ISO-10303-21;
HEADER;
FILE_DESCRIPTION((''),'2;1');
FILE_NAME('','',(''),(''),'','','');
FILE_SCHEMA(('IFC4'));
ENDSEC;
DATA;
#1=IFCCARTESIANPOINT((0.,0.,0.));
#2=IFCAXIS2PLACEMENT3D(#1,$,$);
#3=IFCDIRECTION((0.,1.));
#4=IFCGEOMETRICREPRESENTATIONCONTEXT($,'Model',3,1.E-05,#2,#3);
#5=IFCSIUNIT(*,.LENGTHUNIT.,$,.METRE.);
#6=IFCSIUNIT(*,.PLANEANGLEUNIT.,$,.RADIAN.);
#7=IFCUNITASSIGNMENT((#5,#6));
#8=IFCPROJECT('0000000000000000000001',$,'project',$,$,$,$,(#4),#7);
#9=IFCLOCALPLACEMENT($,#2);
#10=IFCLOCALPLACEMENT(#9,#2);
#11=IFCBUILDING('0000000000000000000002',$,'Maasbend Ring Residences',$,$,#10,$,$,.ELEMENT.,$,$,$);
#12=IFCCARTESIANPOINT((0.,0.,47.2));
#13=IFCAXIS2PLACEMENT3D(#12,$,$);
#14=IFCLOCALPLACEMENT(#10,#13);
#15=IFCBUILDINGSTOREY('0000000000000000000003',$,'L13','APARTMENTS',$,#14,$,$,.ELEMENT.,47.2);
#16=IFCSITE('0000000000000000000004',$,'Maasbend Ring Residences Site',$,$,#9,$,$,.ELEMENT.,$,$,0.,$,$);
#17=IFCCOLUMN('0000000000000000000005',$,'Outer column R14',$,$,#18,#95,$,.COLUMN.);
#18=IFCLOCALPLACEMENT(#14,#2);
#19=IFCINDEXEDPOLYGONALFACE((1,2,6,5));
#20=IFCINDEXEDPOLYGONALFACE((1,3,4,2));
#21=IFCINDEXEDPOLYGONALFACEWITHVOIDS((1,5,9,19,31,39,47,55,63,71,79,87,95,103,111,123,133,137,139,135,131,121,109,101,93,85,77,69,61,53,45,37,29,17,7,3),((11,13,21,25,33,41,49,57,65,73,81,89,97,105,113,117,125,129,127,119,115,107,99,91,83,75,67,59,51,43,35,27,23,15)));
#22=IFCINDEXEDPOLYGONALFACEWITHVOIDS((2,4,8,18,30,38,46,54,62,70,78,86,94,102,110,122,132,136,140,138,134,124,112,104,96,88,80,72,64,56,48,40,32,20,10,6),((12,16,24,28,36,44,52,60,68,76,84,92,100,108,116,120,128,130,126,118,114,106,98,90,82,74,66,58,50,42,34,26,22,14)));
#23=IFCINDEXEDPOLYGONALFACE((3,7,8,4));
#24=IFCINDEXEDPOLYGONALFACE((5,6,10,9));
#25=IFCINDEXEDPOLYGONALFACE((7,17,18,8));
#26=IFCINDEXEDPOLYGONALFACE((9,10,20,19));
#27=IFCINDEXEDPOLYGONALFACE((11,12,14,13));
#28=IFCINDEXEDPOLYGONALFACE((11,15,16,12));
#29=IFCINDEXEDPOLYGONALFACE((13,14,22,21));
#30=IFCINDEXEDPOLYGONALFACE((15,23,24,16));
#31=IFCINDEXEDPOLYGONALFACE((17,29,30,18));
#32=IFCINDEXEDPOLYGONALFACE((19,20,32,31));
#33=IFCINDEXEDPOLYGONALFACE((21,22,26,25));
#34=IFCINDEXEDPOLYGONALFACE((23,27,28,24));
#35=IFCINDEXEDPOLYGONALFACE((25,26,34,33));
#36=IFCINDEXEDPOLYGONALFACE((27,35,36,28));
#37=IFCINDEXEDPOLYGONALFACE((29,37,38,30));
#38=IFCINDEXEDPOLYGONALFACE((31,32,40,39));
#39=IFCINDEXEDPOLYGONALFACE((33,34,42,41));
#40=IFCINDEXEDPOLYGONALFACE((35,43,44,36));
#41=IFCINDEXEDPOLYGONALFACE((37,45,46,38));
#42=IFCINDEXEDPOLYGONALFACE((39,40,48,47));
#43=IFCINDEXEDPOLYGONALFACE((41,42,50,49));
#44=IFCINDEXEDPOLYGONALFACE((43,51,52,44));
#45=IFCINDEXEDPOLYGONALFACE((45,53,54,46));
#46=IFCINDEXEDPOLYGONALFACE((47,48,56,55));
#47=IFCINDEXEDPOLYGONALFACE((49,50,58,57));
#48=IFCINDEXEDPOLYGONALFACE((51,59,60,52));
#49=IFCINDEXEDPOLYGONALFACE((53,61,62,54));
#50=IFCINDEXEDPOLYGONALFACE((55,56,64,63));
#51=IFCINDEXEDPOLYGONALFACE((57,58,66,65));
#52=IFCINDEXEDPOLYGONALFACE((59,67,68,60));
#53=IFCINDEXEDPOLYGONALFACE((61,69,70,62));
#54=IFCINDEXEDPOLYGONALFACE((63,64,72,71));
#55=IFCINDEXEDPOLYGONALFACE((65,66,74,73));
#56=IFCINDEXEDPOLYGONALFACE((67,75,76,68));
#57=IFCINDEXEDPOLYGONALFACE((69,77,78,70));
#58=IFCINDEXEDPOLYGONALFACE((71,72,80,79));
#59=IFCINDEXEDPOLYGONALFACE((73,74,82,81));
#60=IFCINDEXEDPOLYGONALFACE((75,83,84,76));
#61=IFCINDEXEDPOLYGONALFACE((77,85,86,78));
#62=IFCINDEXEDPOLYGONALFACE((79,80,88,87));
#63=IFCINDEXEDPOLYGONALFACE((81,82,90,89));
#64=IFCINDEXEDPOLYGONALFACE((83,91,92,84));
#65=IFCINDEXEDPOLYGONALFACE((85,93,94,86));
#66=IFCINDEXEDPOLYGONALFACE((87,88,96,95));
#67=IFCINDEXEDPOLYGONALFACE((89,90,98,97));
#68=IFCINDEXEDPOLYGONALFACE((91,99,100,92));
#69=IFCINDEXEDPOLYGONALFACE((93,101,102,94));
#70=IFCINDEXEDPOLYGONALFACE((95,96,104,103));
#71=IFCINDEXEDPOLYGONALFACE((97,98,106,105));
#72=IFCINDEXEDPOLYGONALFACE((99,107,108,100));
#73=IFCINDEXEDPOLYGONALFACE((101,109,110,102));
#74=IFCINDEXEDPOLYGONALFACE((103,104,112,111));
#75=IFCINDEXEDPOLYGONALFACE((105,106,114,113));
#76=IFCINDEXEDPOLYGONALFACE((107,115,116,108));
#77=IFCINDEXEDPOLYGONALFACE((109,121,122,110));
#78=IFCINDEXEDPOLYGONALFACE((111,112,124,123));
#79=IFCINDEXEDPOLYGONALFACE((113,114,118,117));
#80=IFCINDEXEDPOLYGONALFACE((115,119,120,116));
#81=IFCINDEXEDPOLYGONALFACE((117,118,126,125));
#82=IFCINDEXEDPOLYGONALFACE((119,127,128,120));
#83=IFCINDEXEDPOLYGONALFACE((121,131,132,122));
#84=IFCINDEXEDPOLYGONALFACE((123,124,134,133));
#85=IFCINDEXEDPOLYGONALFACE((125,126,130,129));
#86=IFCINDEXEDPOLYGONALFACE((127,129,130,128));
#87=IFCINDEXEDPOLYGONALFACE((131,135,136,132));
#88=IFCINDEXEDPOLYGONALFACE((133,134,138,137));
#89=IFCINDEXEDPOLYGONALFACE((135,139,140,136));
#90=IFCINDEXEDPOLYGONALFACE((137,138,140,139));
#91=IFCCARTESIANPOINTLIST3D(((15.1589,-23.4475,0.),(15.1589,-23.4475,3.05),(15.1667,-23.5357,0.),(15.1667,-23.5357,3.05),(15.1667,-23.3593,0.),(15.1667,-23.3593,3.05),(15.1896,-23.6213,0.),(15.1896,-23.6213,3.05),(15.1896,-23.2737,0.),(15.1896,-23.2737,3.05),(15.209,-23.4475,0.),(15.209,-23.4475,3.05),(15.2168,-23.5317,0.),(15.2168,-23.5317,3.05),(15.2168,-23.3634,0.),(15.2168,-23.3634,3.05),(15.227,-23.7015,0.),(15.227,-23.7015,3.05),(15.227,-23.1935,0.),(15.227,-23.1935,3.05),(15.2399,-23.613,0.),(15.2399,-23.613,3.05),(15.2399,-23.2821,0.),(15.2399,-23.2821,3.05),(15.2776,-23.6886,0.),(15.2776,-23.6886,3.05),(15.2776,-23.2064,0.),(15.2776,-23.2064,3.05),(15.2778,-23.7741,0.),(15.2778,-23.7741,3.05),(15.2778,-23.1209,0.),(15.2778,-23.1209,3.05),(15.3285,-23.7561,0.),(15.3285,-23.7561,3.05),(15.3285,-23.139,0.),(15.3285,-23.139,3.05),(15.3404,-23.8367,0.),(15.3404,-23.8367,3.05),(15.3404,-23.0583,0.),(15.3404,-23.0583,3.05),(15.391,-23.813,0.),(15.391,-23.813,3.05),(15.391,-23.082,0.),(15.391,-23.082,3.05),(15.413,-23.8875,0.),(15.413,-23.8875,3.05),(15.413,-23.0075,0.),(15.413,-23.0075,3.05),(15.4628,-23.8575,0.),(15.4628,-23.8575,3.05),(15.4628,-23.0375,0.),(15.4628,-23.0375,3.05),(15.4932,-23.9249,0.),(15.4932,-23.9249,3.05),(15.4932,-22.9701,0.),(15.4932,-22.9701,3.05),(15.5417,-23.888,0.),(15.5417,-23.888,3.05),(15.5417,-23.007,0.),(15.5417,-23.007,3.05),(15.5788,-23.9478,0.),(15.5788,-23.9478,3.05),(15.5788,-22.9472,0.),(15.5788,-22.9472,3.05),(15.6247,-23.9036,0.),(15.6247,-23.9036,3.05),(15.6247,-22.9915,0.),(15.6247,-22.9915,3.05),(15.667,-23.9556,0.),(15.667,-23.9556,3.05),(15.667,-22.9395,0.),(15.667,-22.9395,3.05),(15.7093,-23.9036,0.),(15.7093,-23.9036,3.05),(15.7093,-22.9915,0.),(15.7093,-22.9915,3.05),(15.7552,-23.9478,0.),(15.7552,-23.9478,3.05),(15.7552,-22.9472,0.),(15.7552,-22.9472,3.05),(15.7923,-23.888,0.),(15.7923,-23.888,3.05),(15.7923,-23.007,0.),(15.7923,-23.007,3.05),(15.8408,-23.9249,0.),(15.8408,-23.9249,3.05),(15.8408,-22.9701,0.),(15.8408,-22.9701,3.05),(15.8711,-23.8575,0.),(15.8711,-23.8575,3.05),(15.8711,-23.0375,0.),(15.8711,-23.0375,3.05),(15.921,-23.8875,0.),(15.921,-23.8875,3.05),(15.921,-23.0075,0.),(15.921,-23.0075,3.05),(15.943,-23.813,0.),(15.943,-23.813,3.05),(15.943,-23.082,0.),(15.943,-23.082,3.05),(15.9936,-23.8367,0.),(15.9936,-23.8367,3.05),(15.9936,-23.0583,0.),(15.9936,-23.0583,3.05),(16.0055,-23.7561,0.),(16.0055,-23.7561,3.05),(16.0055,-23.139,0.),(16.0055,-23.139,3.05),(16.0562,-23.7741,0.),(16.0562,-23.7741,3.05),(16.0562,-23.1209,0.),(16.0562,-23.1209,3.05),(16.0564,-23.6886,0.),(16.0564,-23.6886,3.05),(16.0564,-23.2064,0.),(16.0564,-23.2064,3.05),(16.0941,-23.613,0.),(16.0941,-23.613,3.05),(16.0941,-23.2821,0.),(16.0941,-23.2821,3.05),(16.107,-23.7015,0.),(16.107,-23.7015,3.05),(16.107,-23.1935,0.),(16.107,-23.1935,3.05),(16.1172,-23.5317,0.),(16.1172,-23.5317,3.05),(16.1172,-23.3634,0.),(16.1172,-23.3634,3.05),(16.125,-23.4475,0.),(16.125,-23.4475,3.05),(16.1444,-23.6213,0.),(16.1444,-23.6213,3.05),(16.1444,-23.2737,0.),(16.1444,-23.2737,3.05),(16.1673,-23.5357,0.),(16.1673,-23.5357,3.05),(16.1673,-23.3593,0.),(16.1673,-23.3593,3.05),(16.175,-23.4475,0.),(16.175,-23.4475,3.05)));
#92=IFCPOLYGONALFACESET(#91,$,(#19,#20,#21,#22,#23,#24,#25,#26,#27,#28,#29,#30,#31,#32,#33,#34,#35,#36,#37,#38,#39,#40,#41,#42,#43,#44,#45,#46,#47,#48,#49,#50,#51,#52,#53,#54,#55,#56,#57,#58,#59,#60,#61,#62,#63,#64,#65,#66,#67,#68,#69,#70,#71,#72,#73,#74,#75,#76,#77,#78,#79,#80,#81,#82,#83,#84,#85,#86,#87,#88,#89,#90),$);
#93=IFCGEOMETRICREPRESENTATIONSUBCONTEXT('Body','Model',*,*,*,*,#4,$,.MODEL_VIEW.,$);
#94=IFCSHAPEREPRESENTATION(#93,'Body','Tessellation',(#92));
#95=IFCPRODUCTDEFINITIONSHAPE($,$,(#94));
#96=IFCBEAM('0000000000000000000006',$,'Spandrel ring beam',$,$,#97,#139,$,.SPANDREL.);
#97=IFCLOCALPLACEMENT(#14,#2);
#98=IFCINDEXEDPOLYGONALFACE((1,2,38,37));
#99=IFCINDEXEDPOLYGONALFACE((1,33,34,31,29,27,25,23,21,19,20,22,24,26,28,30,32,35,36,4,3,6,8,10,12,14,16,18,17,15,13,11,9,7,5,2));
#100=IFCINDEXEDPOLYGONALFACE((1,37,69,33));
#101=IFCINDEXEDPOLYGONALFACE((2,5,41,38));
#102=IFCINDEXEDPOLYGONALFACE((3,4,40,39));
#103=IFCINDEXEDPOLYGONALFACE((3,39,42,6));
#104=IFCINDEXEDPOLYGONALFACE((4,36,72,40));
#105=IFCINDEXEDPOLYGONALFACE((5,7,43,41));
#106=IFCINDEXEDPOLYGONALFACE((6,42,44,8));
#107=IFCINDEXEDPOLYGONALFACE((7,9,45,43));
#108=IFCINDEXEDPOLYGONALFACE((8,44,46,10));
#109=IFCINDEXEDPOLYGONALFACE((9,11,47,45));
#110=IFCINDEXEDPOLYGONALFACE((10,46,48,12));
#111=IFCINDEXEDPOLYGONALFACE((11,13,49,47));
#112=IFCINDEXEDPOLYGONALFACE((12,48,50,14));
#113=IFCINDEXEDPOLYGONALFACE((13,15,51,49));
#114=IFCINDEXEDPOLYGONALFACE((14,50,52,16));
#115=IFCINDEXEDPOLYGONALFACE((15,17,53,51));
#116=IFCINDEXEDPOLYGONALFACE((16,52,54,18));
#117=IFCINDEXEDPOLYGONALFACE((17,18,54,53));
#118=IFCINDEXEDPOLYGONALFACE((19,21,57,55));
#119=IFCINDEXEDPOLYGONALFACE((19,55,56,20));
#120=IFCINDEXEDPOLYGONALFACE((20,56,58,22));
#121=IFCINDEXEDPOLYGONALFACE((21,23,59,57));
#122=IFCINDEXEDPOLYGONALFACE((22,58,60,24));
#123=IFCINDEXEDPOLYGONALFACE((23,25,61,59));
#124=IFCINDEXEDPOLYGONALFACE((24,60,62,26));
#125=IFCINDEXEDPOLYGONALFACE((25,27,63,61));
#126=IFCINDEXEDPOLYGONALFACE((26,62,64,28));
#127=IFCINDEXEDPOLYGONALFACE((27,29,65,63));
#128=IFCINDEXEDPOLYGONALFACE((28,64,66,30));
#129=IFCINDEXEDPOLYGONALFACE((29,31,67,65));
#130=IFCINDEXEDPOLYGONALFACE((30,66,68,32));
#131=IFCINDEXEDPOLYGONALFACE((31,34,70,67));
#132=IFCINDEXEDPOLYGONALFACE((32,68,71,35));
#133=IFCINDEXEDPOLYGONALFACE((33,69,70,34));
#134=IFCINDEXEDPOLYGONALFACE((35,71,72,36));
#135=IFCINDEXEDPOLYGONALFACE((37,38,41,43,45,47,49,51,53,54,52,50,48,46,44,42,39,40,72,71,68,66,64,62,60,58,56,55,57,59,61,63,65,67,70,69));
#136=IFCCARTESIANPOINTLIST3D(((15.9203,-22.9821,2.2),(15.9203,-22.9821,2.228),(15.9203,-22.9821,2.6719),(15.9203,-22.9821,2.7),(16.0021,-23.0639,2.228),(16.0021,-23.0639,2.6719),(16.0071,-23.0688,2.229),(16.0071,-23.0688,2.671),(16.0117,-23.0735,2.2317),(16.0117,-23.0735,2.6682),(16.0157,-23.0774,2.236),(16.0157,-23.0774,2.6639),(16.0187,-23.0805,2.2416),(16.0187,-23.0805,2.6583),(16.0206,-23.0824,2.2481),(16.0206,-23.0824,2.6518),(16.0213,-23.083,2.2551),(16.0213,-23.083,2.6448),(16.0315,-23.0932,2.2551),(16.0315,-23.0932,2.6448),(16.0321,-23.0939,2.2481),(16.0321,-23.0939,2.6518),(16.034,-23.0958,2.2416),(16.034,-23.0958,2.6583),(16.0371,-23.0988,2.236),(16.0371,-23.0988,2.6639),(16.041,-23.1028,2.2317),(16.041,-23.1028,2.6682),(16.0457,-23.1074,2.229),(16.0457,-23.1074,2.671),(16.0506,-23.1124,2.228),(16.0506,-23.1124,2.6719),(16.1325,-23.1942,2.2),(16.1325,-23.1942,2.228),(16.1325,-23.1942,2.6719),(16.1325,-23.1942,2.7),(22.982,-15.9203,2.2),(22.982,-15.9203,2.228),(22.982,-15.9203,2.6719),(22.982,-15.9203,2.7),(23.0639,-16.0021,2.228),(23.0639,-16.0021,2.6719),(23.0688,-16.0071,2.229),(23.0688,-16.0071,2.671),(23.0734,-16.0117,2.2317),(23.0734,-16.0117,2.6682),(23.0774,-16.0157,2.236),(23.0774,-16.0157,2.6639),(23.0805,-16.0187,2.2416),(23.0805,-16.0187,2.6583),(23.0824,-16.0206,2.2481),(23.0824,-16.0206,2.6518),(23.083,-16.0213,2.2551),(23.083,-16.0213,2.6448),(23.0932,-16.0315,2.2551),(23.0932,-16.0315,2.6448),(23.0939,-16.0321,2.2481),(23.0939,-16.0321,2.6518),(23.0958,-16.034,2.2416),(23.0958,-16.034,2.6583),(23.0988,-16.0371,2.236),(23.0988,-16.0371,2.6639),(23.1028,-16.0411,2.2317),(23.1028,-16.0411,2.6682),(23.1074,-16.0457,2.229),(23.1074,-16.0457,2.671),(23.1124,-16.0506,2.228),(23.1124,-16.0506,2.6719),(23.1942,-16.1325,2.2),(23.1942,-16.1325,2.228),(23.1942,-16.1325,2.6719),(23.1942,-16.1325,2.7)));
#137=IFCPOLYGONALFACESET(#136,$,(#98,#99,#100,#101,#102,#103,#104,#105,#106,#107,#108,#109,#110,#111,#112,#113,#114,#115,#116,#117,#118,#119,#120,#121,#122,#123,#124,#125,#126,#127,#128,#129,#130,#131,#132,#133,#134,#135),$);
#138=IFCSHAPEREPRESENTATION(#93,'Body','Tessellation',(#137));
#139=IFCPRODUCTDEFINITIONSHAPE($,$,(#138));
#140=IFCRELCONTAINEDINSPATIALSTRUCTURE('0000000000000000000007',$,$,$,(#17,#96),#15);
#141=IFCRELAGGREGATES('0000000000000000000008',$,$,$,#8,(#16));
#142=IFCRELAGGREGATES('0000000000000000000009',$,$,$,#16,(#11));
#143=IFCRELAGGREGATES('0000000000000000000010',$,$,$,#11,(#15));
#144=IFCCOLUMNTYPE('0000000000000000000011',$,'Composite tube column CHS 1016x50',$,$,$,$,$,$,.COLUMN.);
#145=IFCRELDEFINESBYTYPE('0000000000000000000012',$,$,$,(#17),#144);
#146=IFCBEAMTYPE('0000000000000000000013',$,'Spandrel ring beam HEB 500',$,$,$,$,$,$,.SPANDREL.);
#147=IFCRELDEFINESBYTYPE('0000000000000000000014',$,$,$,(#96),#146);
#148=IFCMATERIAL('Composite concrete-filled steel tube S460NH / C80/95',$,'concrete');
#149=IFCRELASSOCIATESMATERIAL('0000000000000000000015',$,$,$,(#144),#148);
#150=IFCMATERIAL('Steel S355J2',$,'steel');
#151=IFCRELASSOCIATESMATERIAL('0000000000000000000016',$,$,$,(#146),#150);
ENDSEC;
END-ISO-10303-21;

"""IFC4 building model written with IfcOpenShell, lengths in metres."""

from ifc_helpers import new_model, si_unit, direction, frame, origin, origin_2d, place, context, subcontext, project, spatial, hollow_circle, i_section, extrude, material, material_profile, profile_set, type_object, element, save


model = new_model("IFC4")

# Units and contexts
model_context = context("Model", 3, precision=1e-05, world=origin(), true_north=direction((0.0, 1.0)))
body_context = subcontext(model_context, "Body", "Model", "MODEL_VIEW")
ifc_project = project(units=[si_unit("LENGTHUNIT", "METRE"), si_unit("PLANEANGLEUNIT", "RADIAN")], contexts=[model_context])

# Site, building, storey
site_placement = place(None, origin())
site = spatial("IfcSite", under=ifc_project, at=site_placement, Name="Maasbend Ring Residences Site", CompositionType="ELEMENT", RefElevation=0.0)
building_placement = place(site_placement, origin())
building = spatial("IfcBuilding", under=site, at=building_placement, Name="Maasbend Ring Residences", CompositionType="ELEMENT")
storey_placement = place(building_placement, frame((0.0, 0.0, 47.2)))
storey = spatial("IfcBuildingStorey", under=building, at=storey_placement, Name="L13", Description="APARTMENTS", CompositionType="ELEMENT", Elevation=47.2)

# Column
ifc_material_1 = material(Name="Composite concrete-filled steel tube S460NH / C80/95", Category="concrete")
ifc_material_profile_1 = material_profile(ifc_material_1, hollow_circle(Radius=0.5081, WallThickness=0.05, at=origin_2d()), Name="Composite tube column CHS 1016x50")
ifc_profile_set_1 = profile_set([ifc_material_profile_1], Name="Composite concrete-filled steel tube S460NH / C80/95")
column_type = type_object("IfcColumnType", Name="Composite tube column CHS 1016x50", PredefinedType="COLUMN", material=ifc_profile_set_1)
column_placement = place(storey_placement, frame((15.667, -23.4475, 0.0), z_axis=(0.0, 0.0, 1.0), x_axis=(1.0, 0.0, 0.0)))
element("IfcColumn", 1, at=column_placement, inside=storey, type_object=column_type, Name="Outer column R14", PredefinedType="COLUMN", context=body_context, shape_type="SweptSolid", body=[
    extrude(hollow_circle(Radius=0.5081, WallThickness=0.05, at=origin_2d()), origin(), (0.0, 0.0, 1.0), 3.05),
])

# Beam
ifc_material_2 = material(Name="Steel S355J2", Category="steel")
ifc_material_profile_2 = material_profile(ifc_material_2, i_section(OverallWidth=0.3, OverallDepth=0.5, WebThickness=0.0144, FlangeThickness=0.0281, FilletRadius=0.0271, at=origin_2d()), Name="HEB 500")
ifc_profile_set_2 = profile_set([ifc_material_profile_2], Name="Steel S355J2")
beam_type = type_object("IfcBeamType", Name="Spandrel ring beam HEB 500", PredefinedType="SPANDREL", material=ifc_profile_set_2)
beam_placement = place(storey_placement, frame((16.0264, -23.0881, 2.45), z_axis=(0.707107, 0.707107, 0.0), x_axis=(-0.707107, 0.707107, 0.0)))
element("IfcBeam", 2, at=beam_placement, inside=storey, type_object=beam_type, Name="Spandrel ring beam", PredefinedType="SPANDREL", context=body_context, shape_type="SweptSolid", body=[
    extrude(i_section(OverallWidth=0.3, OverallDepth=0.5, WebThickness=0.0144, FlangeThickness=0.0281, FilletRadius=0.0271, at=origin_2d()), origin(), (0.0, 0.0, 1.0), 9.9868),
])

save(model, "model.ifc")
